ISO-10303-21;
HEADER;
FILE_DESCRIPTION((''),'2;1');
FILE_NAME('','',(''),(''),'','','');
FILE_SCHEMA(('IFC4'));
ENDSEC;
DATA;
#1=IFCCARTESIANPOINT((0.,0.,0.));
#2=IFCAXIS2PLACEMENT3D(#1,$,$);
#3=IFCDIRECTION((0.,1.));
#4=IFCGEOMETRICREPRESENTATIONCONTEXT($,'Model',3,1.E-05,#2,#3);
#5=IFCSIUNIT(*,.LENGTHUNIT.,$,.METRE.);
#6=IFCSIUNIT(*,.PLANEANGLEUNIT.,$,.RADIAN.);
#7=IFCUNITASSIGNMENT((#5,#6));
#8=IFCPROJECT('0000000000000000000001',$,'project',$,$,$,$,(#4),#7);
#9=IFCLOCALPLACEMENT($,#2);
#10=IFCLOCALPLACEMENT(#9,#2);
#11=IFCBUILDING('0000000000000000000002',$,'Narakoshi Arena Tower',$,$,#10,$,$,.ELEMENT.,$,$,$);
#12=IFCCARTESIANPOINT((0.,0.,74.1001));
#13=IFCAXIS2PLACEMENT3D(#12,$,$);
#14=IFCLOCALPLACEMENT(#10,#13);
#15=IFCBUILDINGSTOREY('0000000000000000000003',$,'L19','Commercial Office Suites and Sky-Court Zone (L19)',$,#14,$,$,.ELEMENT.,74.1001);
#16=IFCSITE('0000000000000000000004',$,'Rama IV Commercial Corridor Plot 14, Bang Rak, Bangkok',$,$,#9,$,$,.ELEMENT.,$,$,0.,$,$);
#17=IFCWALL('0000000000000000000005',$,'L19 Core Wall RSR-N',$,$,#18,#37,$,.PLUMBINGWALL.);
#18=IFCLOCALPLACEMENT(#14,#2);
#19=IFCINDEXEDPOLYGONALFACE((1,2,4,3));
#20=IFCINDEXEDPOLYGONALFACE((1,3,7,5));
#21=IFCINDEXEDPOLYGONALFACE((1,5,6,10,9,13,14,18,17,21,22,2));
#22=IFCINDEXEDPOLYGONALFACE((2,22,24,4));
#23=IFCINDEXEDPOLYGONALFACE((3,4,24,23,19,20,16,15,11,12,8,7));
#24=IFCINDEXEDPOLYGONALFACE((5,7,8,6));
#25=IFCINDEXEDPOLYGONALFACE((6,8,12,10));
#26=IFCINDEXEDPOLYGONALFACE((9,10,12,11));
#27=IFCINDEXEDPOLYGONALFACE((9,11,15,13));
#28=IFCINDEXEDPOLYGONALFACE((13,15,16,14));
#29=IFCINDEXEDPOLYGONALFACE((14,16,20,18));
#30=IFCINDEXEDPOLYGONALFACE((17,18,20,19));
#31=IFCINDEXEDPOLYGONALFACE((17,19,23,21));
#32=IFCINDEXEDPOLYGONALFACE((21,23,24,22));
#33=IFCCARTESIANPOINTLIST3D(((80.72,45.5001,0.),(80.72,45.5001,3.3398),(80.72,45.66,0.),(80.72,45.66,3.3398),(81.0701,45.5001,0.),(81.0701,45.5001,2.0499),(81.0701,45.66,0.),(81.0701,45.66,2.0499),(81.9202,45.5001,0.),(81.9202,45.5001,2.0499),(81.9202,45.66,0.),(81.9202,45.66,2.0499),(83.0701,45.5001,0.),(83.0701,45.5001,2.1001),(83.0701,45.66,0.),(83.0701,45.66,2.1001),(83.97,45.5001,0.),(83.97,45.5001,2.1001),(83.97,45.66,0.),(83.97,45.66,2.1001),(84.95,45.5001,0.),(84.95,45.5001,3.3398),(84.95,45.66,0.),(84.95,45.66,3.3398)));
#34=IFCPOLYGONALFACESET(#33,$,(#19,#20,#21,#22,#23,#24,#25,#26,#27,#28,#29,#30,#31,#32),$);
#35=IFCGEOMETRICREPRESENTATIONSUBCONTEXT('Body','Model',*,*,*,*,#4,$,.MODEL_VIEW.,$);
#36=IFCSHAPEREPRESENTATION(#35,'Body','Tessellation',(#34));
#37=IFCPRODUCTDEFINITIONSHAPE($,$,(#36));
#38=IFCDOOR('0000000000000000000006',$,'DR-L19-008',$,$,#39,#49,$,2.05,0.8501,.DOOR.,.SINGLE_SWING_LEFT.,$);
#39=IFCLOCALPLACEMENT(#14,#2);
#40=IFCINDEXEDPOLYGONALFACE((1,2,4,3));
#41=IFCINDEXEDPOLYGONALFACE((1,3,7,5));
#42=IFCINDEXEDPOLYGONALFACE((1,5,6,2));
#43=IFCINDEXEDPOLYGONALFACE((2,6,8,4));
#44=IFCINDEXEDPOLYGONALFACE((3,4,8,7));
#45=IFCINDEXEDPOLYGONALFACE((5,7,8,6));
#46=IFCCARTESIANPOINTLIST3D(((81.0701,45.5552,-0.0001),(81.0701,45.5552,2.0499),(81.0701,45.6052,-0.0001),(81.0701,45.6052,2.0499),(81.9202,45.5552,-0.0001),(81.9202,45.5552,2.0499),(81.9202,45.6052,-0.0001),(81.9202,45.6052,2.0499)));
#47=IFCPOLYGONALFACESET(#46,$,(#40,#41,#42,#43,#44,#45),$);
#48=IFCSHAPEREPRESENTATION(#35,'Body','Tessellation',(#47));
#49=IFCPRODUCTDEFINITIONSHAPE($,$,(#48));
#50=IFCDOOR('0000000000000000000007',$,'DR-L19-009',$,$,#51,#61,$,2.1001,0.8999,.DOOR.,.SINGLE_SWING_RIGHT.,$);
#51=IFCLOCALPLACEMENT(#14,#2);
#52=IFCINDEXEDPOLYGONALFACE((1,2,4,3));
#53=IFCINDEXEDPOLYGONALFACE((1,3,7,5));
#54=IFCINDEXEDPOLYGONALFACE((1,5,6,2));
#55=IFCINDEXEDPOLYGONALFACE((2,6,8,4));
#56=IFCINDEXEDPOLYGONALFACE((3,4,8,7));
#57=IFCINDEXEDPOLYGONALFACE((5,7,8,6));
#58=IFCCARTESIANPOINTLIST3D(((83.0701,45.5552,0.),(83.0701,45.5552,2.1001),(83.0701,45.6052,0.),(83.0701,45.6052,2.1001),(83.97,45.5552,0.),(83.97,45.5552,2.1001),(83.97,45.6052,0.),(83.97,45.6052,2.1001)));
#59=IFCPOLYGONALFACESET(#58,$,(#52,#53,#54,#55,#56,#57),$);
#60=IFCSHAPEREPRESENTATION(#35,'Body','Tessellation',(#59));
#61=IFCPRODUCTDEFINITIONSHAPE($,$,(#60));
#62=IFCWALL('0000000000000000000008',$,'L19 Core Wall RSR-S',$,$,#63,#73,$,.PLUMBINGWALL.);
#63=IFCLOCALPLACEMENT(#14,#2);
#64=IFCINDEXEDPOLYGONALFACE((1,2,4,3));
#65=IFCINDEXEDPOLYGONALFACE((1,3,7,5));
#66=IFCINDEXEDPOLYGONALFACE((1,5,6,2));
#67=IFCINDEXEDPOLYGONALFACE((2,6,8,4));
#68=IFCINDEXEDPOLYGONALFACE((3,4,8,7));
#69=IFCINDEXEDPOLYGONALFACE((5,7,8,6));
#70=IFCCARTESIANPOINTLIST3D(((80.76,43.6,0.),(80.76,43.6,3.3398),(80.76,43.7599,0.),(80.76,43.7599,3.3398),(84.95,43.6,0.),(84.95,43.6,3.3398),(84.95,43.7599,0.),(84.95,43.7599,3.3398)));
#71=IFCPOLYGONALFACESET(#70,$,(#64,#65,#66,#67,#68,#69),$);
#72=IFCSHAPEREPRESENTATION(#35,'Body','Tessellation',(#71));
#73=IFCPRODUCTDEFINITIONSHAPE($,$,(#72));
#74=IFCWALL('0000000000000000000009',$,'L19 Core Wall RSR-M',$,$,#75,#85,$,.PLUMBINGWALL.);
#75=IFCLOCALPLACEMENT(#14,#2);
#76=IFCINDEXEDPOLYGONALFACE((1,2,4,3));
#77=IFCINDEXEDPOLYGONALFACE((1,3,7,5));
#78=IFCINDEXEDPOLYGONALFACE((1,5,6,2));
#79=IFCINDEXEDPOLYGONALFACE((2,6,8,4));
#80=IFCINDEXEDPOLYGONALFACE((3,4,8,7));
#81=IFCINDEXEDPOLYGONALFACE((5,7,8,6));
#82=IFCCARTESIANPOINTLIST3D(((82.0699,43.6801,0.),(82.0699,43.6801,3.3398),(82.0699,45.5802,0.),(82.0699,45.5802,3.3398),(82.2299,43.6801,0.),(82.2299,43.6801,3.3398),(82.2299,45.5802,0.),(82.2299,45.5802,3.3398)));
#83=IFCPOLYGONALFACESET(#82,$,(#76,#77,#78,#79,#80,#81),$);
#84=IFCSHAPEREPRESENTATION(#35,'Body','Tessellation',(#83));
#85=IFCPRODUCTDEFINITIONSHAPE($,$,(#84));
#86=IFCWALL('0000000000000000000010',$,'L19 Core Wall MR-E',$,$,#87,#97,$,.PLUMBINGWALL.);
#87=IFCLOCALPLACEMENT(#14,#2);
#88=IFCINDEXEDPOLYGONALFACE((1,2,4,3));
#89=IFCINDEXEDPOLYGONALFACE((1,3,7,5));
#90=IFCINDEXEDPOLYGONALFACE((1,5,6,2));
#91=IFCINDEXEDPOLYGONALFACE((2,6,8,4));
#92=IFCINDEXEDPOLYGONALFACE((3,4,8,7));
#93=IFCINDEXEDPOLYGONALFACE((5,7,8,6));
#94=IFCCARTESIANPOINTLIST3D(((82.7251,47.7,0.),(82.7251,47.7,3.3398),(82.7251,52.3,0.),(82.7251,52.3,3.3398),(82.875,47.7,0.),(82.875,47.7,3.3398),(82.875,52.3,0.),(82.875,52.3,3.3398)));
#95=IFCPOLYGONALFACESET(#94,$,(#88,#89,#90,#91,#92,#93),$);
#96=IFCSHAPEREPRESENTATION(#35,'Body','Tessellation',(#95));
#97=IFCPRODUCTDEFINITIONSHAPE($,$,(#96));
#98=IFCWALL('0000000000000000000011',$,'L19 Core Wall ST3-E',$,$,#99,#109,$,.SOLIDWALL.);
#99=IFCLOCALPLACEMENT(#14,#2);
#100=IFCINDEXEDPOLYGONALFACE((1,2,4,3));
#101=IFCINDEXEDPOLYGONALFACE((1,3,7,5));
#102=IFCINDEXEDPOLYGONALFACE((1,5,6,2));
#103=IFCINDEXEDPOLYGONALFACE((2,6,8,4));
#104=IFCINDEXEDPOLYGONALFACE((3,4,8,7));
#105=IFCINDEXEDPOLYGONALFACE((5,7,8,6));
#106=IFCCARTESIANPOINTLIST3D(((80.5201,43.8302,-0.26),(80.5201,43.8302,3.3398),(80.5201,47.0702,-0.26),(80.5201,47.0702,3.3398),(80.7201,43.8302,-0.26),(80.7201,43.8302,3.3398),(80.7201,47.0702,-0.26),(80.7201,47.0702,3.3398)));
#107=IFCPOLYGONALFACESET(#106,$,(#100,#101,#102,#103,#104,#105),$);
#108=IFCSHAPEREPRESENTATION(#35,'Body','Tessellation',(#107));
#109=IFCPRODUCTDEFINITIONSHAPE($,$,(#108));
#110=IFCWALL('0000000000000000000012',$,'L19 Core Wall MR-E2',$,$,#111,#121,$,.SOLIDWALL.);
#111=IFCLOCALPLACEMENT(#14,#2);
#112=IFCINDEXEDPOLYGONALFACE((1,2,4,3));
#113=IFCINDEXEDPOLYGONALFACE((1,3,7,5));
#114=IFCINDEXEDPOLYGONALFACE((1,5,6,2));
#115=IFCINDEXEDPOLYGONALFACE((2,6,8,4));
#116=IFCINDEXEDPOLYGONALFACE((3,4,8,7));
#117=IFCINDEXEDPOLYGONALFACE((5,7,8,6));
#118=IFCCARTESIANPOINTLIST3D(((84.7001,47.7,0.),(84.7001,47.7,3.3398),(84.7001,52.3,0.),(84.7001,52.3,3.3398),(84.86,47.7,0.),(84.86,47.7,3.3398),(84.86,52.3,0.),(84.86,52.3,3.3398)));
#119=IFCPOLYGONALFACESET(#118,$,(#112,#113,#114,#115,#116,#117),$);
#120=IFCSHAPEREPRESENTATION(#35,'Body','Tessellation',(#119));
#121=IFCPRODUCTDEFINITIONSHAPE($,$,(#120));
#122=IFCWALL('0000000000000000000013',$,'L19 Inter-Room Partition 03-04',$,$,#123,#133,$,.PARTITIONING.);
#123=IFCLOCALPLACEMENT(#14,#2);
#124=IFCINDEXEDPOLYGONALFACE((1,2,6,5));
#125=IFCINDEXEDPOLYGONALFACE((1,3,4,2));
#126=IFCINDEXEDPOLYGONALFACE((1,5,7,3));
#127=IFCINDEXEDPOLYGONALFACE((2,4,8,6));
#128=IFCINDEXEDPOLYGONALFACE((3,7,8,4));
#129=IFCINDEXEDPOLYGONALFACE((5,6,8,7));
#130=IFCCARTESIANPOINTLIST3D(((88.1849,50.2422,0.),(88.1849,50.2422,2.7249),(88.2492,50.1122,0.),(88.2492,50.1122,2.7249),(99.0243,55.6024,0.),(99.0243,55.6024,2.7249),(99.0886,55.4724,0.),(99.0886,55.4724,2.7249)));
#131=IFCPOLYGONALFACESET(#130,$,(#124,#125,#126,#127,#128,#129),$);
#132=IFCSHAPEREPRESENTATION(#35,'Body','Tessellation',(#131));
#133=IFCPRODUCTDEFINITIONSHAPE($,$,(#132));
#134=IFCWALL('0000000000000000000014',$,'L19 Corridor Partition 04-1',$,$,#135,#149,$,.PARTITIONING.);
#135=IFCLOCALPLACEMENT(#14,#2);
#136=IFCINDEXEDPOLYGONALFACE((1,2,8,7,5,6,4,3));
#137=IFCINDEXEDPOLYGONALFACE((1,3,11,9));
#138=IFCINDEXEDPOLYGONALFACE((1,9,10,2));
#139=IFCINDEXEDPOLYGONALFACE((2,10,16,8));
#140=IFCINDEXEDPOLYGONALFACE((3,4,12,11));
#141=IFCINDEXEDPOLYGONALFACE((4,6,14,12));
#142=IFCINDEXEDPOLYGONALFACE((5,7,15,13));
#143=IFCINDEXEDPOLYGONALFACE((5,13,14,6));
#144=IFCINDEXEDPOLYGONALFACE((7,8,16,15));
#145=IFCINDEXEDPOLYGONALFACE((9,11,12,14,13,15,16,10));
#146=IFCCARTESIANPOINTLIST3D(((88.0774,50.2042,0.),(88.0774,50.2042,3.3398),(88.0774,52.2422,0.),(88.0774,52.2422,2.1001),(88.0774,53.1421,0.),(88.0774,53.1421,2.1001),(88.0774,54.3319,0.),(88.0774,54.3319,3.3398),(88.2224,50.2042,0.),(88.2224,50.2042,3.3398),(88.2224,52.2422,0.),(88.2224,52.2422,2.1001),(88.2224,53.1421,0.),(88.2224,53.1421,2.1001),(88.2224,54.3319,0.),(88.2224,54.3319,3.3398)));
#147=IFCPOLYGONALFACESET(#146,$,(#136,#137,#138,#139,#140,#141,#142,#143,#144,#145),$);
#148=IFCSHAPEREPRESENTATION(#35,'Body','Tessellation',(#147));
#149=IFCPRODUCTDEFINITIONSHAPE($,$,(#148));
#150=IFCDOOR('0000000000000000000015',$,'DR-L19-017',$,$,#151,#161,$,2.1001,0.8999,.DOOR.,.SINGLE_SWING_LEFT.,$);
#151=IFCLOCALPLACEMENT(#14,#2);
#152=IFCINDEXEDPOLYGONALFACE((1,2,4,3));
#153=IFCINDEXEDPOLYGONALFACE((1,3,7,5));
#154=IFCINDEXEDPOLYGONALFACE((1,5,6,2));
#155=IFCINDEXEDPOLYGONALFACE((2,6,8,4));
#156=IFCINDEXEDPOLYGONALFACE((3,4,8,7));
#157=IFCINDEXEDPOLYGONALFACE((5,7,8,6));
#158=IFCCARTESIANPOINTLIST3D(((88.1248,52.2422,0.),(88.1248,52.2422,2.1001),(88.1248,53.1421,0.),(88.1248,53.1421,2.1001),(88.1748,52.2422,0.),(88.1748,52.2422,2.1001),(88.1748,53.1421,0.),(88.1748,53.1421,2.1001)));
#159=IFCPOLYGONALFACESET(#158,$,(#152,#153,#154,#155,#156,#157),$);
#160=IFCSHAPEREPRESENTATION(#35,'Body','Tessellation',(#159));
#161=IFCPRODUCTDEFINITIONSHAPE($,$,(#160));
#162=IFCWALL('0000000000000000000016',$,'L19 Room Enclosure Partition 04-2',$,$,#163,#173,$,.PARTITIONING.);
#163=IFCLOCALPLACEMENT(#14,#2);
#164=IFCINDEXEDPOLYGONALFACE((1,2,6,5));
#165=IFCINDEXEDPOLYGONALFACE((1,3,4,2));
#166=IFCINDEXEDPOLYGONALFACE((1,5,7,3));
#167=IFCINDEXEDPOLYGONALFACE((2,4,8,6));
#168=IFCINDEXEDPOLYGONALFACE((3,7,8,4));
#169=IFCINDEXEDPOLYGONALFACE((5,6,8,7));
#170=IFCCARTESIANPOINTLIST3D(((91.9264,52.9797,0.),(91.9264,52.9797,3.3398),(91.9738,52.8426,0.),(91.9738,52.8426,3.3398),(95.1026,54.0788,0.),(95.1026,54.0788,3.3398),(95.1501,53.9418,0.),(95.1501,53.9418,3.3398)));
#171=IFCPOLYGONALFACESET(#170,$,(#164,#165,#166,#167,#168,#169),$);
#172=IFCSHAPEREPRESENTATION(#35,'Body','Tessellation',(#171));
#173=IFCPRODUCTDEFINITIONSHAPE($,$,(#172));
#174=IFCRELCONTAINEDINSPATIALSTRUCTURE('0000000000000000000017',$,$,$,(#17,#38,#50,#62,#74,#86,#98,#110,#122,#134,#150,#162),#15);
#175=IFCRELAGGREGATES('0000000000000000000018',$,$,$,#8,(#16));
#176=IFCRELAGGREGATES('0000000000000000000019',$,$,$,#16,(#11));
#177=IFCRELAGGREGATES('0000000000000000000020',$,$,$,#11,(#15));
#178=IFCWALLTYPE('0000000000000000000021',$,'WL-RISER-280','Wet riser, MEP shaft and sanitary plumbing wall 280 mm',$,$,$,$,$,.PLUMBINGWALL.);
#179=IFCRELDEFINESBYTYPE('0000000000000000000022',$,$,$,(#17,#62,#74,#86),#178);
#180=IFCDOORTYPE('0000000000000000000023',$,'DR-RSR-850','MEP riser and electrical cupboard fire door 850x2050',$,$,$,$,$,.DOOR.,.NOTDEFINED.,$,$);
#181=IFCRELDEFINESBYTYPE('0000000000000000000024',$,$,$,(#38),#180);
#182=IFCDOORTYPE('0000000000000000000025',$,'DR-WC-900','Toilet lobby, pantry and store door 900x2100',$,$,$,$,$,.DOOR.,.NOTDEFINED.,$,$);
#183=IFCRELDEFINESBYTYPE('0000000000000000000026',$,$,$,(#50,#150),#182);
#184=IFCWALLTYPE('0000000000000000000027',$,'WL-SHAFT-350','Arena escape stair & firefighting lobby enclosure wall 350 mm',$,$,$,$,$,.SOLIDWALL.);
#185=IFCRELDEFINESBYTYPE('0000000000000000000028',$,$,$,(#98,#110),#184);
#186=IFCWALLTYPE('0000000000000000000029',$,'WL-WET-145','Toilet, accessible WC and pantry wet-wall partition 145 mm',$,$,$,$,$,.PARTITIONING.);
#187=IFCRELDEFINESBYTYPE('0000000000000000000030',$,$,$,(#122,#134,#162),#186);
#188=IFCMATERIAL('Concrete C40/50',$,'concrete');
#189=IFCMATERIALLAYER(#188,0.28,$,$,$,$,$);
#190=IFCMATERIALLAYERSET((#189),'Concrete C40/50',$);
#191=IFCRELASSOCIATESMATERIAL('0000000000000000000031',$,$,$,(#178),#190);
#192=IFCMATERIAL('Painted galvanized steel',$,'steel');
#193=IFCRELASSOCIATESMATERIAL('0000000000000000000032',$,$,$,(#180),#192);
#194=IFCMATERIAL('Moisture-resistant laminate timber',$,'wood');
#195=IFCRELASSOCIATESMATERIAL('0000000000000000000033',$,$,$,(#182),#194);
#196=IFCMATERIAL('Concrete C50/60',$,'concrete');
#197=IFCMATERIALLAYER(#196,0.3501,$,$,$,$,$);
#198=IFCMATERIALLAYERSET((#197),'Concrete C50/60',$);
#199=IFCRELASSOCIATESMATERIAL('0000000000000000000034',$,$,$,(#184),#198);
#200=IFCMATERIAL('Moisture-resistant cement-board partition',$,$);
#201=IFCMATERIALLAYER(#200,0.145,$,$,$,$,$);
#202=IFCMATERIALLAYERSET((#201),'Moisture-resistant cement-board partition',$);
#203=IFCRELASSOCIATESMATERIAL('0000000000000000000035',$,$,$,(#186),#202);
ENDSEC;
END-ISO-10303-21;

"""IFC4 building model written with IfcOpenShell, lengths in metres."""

from ifc_helpers import new_model, si_unit, direction, frame, frame_2d, origin, place, context, subcontext, project, spatial, rectangle, extrude, material, layer, layer_set, type_object, element, fill, save


model = new_model("IFC4")

# Units and contexts
model_context = context("Model", 3, precision=1e-05, world=origin(), true_north=direction((0.0, 1.0)))
body_context = subcontext(model_context, "Body", "Model", "MODEL_VIEW")
ifc_project = project(units=[si_unit("LENGTHUNIT", "METRE"), si_unit("PLANEANGLEUNIT", "RADIAN")], contexts=[model_context])

# Site, building, storey
site_placement = place(None, origin())
site = spatial("IfcSite", under=ifc_project, at=site_placement, Name="Rama IV Commercial Corridor Plot 14, Bang Rak, Bangkok", CompositionType="ELEMENT", RefElevation=0.0)
building_placement = place(site_placement, origin())
building = spatial("IfcBuilding", under=site, at=building_placement, Name="Narakoshi Arena Tower", CompositionType="ELEMENT")
storey_placement = place(building_placement, frame((0.0, 0.0, 74.1001)))
storey = spatial("IfcBuildingStorey", under=building, at=storey_placement, Name="L19", Description="Commercial Office Suites and Sky-Court Zone (L19)", CompositionType="ELEMENT", Elevation=74.1001)

# Shared definitions
ifc_material_1 = material(Name="Concrete C40/50", Category="concrete")
ifc_layer_1 = layer(ifc_material_1, 0.28)
ifc_layer_set_1 = layer_set([ifc_layer_1], Name="Concrete C40/50")
wall_type_1 = type_object("IfcWallType", Name="WL-RISER-280", Description="Wet riser, MEP shaft and sanitary plumbing wall 280 mm", PredefinedType="PLUMBINGWALL", material=ifc_layer_set_1)

# Wall, openings, doors
wall_1_placement = place(storey_placement, frame((80.72, 45.5801, 0.0), z_axis=(0.0, 0.0, 1.0), x_axis=(1.0, 0.0, 0.0)))
wall_1 = element("IfcWall", 1, at=wall_1_placement, inside=storey, type_object=wall_type_1, Name="L19 Core Wall RSR-N", PredefinedType="PLUMBINGWALL", context=body_context, shape_type="SweptSolid", body=[
    extrude(rectangle(XDim=4.23, YDim=0.1599, at=frame_2d((2.115, 0.0))), origin(), (0.0, 0.0, 1.0), 3.3398),
])
opening_1_placement = place(wall_1_placement, frame((0.3501, 0.0, 0.0)))
opening_1 = element("IfcOpeningElement", 2, at=opening_1_placement, cuts=wall_1, PredefinedType="OPENING", context=body_context, shape_type="SweptSolid", body=[
    extrude(rectangle(XDim=0.8501, YDim=2.05, at=frame_2d((0.425, 1.0249))), frame((0.0, 0.0898, 0.0), z_axis=(0.0, -1.0, 0.0), x_axis=(1.0, 0.0, 0.0)), (0.0, 0.0, 1.0), 0.1799),
])
opening_2_placement = place(wall_1_placement, frame((2.3501, 0.0, 0.0)))
opening_2 = element("IfcOpeningElement", 3, at=opening_2_placement, cuts=wall_1, PredefinedType="OPENING", context=body_context, shape_type="SweptSolid", body=[
    extrude(rectangle(XDim=0.8999, YDim=2.1001, at=frame_2d((0.45, 1.05))), frame((0.0, 0.0898, 0.0), z_axis=(0.0, -1.0, 0.0), x_axis=(1.0, 0.0, 0.0)), (0.0, 0.0, 1.0), 0.1799),
])
ifc_material_2 = material(Name="Painted galvanized steel", Category="steel")
door_type_1 = type_object("IfcDoorType", Name="DR-RSR-850", Description="MEP riser and electrical cupboard fire door 850x2050", OperationType="NOTDEFINED", PredefinedType="DOOR", material=ifc_material_2)
door_1_placement = place(opening_1_placement, frame((0.8501, 0.0, 0.0), z_axis=(0.0, 0.0, 1.0), x_axis=(-1.0, 0.0, 0.0)))
door_1 = element("IfcDoor", 4, at=door_1_placement, inside=storey, type_object=door_type_1, Name="DR-L19-008", OperationType="SINGLE_SWING_LEFT", OverallHeight=2.05, OverallWidth=0.8501, PredefinedType="DOOR", context=body_context, shape_type="SweptSolid", body=[
    extrude(rectangle(XDim=0.8501, YDim=2.05, at=frame_2d((0.425, 1.0249))), frame((0.0, 0.0249, 0.0), z_axis=(0.0, -1.0, 0.0), x_axis=(1.0, 0.0, 0.0)), (0.0, 0.0, 1.0), 0.05),
])
fill(opening_1, door_1)
ifc_material_3 = material(Name="Moisture-resistant laminate timber", Category="wood")
door_type_2 = type_object("IfcDoorType", Name="DR-WC-900", Description="Toilet lobby, pantry and store door 900x2100", OperationType="NOTDEFINED", PredefinedType="DOOR", material=ifc_material_3)
door_2_placement = place(opening_2_placement, frame((0.8999, 0.0, 0.0), z_axis=(0.0, 0.0, 1.0), x_axis=(-1.0, 0.0, 0.0)))
door_2 = element("IfcDoor", 5, at=door_2_placement, inside=storey, type_object=door_type_2, Name="DR-L19-009", OperationType="SINGLE_SWING_RIGHT", OverallHeight=2.1001, OverallWidth=0.8999, PredefinedType="DOOR", context=body_context, shape_type="SweptSolid", body=[
    extrude(rectangle(XDim=0.8999, YDim=2.1001, at=frame_2d((0.45, 1.05))), frame((0.0, 0.0249, 0.0), z_axis=(0.0, -1.0, 0.0), x_axis=(1.0, 0.0, 0.0)), (0.0, 0.0, 1.0), 0.05),
])
fill(opening_2, door_2)

# Walls
wall_2_placement = place(storey_placement, frame((80.76, 43.6799, 0.0), z_axis=(0.0, 0.0, 1.0), x_axis=(1.0, 0.0, 0.0)))
element("IfcWall", 6, at=wall_2_placement, inside=storey, type_object=wall_type_1, Name="L19 Core Wall RSR-S", PredefinedType="PLUMBINGWALL", context=body_context, shape_type="SweptSolid", body=[
    extrude(rectangle(XDim=4.1899, YDim=0.1599, at=frame_2d((2.095, 0.0))), origin(), (0.0, 0.0, 1.0), 3.3398),
])
wall_3_placement = place(storey_placement, frame((82.1499, 43.6799, 0.0), z_axis=(0.0, 0.0, 1.0), x_axis=(0.0, 1.0, 0.0)))
element("IfcWall", 7, at=wall_3_placement, inside=storey, type_object=wall_type_1, Name="L19 Core Wall RSR-M", PredefinedType="PLUMBINGWALL", context=body_context, shape_type="SweptSolid", body=[
    extrude(rectangle(XDim=1.9001, YDim=0.1599, at=frame_2d((0.9502, 0.0))), origin(), (0.0, 0.0, 1.0), 3.3398),
])
wall_4_placement = place(storey_placement, frame((82.8, 47.7, 0.0), z_axis=(0.0, 0.0, 1.0), x_axis=(0.0, 1.0, 0.0)))
element("IfcWall", 8, at=wall_4_placement, inside=storey, type_object=wall_type_1, Name="L19 Core Wall MR-E", PredefinedType="PLUMBINGWALL", context=body_context, shape_type="SweptSolid", body=[
    extrude(rectangle(XDim=4.6001, YDim=0.1499, at=frame_2d((2.3, 0.0))), origin(), (0.0, 0.0, 1.0), 3.3398),
])
ifc_material_4 = material(Name="Concrete C50/60", Category="concrete")
ifc_layer_2 = layer(ifc_material_4, 0.3501)
ifc_layer_set_2 = layer_set([ifc_layer_2], Name="Concrete C50/60")
wall_type_2 = type_object("IfcWallType", Name="WL-SHAFT-350", Description="Arena escape stair & firefighting lobby enclosure wall 350 mm", PredefinedType="SOLIDWALL", material=ifc_layer_set_2)
wall_5_placement = place(storey_placement, frame((80.6201, 43.8301, -0.26), z_axis=(0.0, 0.0, 1.0), x_axis=(0.0, 1.0, 0.0)))
element("IfcWall", 9, at=wall_5_placement, inside=storey, type_object=wall_type_2, Name="L19 Core Wall ST3-E", PredefinedType="SOLIDWALL", context=body_context, shape_type="SweptSolid", body=[
    extrude(rectangle(XDim=3.24, YDim=0.2, at=frame_2d((1.6201, 0.0))), origin(), (0.0, 0.0, 1.0), 3.5999),
])
wall_6_placement = place(storey_placement, frame((84.78, 47.7, 0.0), z_axis=(0.0, 0.0, 1.0), x_axis=(0.0, 1.0, 0.0)))
element("IfcWall", 10, at=wall_6_placement, inside=storey, type_object=wall_type_2, Name="L19 Core Wall MR-E2", PredefinedType="SOLIDWALL", context=body_context, shape_type="SweptSolid", body=[
    extrude(rectangle(XDim=4.6001, YDim=0.1599, at=frame_2d((2.3, 0.0))), origin(), (0.0, 0.0, 1.0), 3.3398),
])
ifc_material_5 = material(Name="Moisture-resistant cement-board partition")
ifc_layer_3 = layer(ifc_material_5, 0.145)
ifc_layer_set_3 = layer_set([ifc_layer_3], Name="Moisture-resistant cement-board partition")
wall_type_3 = type_object("IfcWallType", Name="WL-WET-145", Description="Toilet, accessible WC and pantry wet-wall partition 145 mm", PredefinedType="PARTITIONING", material=ifc_layer_set_3)
wall_7_placement = place(storey_placement, frame((88.217, 50.1772, 0.0), z_axis=(0.0, 0.0, 1.0), x_axis=(0.896389, 0.443268, 0.0)))
element("IfcWall", 11, at=wall_7_placement, inside=storey, type_object=wall_type_3, Name="L19 Inter-Room Partition 03-04", PredefinedType="PARTITIONING", context=body_context, shape_type="SweptSolid", body=[
    extrude(rectangle(XDim=12.0923, YDim=0.145, at=frame_2d((6.0461, 0.0))), origin(), (0.0, 0.0, 1.0), 2.7249),
])

# Wall, opening, door
wall_8_placement = place(storey_placement, frame((88.1499, 50.2041, 0.0), z_axis=(0.0, 0.0, 1.0), x_axis=(0.0, 1.0, 0.0)))
wall_8 = element("IfcWall", 12, at=wall_8_placement, inside=storey, type_object=wall_type_3, Name="L19 Corridor Partition 04-1", PredefinedType="PARTITIONING", context=body_context, shape_type="SweptSolid", body=[
    extrude(rectangle(XDim=4.1277, YDim=0.145, at=frame_2d((2.064, 0.0))), origin(), (0.0, 0.0, 1.0), 3.3398),
])
opening_3_placement = place(wall_8_placement, frame((2.0381, 0.0, 0.0)))
opening_3 = element("IfcOpeningElement", 13, at=opening_3_placement, cuts=wall_8, PredefinedType="OPENING", context=body_context, shape_type="SweptSolid", body=[
    extrude(rectangle(XDim=0.8999, YDim=2.1001, at=frame_2d((0.45, 1.05))), frame((0.0, 0.0825, 0.0), z_axis=(0.0, -1.0, 0.0), x_axis=(1.0, 0.0, 0.0)), (0.0, 0.0, 1.0), 0.165),
])
door_3_placement = place(opening_3_placement, frame((0.8999, 0.0, 0.0), z_axis=(0.0, 0.0, 1.0), x_axis=(-1.0, 0.0, 0.0)))
door_3 = element("IfcDoor", 14, at=door_3_placement, inside=storey, type_object=door_type_2, Name="DR-L19-017", OperationType="SINGLE_SWING_LEFT", OverallHeight=2.1001, OverallWidth=0.8999, PredefinedType="DOOR", context=body_context, shape_type="SweptSolid", body=[
    extrude(rectangle(XDim=0.8999, YDim=2.1001, at=frame_2d((0.45, 1.05))), frame((0.0, 0.0249, 0.0), z_axis=(0.0, -1.0, 0.0), x_axis=(1.0, 0.0, 0.0)), (0.0, 0.0, 1.0), 0.05),
])
fill(opening_3, door_3)

# Wall
wall_9_placement = place(storey_placement, frame((91.95, 52.9111, 0.0), z_axis=(0.0, 0.0, 1.0), x_axis=(0.945019, 0.327016, 0.0)))
element("IfcWall", 15, at=wall_9_placement, inside=storey, type_object=wall_type_3, Name="L19 Room Enclosure Partition 04-2", PredefinedType="PARTITIONING", context=body_context, shape_type="SweptSolid", body=[
    extrude(rectangle(XDim=3.3611, YDim=0.145, at=frame_2d((1.6807, 0.0))), origin(), (0.0, 0.0, 1.0), 3.3398),
])

save(model, "model.ifc")
